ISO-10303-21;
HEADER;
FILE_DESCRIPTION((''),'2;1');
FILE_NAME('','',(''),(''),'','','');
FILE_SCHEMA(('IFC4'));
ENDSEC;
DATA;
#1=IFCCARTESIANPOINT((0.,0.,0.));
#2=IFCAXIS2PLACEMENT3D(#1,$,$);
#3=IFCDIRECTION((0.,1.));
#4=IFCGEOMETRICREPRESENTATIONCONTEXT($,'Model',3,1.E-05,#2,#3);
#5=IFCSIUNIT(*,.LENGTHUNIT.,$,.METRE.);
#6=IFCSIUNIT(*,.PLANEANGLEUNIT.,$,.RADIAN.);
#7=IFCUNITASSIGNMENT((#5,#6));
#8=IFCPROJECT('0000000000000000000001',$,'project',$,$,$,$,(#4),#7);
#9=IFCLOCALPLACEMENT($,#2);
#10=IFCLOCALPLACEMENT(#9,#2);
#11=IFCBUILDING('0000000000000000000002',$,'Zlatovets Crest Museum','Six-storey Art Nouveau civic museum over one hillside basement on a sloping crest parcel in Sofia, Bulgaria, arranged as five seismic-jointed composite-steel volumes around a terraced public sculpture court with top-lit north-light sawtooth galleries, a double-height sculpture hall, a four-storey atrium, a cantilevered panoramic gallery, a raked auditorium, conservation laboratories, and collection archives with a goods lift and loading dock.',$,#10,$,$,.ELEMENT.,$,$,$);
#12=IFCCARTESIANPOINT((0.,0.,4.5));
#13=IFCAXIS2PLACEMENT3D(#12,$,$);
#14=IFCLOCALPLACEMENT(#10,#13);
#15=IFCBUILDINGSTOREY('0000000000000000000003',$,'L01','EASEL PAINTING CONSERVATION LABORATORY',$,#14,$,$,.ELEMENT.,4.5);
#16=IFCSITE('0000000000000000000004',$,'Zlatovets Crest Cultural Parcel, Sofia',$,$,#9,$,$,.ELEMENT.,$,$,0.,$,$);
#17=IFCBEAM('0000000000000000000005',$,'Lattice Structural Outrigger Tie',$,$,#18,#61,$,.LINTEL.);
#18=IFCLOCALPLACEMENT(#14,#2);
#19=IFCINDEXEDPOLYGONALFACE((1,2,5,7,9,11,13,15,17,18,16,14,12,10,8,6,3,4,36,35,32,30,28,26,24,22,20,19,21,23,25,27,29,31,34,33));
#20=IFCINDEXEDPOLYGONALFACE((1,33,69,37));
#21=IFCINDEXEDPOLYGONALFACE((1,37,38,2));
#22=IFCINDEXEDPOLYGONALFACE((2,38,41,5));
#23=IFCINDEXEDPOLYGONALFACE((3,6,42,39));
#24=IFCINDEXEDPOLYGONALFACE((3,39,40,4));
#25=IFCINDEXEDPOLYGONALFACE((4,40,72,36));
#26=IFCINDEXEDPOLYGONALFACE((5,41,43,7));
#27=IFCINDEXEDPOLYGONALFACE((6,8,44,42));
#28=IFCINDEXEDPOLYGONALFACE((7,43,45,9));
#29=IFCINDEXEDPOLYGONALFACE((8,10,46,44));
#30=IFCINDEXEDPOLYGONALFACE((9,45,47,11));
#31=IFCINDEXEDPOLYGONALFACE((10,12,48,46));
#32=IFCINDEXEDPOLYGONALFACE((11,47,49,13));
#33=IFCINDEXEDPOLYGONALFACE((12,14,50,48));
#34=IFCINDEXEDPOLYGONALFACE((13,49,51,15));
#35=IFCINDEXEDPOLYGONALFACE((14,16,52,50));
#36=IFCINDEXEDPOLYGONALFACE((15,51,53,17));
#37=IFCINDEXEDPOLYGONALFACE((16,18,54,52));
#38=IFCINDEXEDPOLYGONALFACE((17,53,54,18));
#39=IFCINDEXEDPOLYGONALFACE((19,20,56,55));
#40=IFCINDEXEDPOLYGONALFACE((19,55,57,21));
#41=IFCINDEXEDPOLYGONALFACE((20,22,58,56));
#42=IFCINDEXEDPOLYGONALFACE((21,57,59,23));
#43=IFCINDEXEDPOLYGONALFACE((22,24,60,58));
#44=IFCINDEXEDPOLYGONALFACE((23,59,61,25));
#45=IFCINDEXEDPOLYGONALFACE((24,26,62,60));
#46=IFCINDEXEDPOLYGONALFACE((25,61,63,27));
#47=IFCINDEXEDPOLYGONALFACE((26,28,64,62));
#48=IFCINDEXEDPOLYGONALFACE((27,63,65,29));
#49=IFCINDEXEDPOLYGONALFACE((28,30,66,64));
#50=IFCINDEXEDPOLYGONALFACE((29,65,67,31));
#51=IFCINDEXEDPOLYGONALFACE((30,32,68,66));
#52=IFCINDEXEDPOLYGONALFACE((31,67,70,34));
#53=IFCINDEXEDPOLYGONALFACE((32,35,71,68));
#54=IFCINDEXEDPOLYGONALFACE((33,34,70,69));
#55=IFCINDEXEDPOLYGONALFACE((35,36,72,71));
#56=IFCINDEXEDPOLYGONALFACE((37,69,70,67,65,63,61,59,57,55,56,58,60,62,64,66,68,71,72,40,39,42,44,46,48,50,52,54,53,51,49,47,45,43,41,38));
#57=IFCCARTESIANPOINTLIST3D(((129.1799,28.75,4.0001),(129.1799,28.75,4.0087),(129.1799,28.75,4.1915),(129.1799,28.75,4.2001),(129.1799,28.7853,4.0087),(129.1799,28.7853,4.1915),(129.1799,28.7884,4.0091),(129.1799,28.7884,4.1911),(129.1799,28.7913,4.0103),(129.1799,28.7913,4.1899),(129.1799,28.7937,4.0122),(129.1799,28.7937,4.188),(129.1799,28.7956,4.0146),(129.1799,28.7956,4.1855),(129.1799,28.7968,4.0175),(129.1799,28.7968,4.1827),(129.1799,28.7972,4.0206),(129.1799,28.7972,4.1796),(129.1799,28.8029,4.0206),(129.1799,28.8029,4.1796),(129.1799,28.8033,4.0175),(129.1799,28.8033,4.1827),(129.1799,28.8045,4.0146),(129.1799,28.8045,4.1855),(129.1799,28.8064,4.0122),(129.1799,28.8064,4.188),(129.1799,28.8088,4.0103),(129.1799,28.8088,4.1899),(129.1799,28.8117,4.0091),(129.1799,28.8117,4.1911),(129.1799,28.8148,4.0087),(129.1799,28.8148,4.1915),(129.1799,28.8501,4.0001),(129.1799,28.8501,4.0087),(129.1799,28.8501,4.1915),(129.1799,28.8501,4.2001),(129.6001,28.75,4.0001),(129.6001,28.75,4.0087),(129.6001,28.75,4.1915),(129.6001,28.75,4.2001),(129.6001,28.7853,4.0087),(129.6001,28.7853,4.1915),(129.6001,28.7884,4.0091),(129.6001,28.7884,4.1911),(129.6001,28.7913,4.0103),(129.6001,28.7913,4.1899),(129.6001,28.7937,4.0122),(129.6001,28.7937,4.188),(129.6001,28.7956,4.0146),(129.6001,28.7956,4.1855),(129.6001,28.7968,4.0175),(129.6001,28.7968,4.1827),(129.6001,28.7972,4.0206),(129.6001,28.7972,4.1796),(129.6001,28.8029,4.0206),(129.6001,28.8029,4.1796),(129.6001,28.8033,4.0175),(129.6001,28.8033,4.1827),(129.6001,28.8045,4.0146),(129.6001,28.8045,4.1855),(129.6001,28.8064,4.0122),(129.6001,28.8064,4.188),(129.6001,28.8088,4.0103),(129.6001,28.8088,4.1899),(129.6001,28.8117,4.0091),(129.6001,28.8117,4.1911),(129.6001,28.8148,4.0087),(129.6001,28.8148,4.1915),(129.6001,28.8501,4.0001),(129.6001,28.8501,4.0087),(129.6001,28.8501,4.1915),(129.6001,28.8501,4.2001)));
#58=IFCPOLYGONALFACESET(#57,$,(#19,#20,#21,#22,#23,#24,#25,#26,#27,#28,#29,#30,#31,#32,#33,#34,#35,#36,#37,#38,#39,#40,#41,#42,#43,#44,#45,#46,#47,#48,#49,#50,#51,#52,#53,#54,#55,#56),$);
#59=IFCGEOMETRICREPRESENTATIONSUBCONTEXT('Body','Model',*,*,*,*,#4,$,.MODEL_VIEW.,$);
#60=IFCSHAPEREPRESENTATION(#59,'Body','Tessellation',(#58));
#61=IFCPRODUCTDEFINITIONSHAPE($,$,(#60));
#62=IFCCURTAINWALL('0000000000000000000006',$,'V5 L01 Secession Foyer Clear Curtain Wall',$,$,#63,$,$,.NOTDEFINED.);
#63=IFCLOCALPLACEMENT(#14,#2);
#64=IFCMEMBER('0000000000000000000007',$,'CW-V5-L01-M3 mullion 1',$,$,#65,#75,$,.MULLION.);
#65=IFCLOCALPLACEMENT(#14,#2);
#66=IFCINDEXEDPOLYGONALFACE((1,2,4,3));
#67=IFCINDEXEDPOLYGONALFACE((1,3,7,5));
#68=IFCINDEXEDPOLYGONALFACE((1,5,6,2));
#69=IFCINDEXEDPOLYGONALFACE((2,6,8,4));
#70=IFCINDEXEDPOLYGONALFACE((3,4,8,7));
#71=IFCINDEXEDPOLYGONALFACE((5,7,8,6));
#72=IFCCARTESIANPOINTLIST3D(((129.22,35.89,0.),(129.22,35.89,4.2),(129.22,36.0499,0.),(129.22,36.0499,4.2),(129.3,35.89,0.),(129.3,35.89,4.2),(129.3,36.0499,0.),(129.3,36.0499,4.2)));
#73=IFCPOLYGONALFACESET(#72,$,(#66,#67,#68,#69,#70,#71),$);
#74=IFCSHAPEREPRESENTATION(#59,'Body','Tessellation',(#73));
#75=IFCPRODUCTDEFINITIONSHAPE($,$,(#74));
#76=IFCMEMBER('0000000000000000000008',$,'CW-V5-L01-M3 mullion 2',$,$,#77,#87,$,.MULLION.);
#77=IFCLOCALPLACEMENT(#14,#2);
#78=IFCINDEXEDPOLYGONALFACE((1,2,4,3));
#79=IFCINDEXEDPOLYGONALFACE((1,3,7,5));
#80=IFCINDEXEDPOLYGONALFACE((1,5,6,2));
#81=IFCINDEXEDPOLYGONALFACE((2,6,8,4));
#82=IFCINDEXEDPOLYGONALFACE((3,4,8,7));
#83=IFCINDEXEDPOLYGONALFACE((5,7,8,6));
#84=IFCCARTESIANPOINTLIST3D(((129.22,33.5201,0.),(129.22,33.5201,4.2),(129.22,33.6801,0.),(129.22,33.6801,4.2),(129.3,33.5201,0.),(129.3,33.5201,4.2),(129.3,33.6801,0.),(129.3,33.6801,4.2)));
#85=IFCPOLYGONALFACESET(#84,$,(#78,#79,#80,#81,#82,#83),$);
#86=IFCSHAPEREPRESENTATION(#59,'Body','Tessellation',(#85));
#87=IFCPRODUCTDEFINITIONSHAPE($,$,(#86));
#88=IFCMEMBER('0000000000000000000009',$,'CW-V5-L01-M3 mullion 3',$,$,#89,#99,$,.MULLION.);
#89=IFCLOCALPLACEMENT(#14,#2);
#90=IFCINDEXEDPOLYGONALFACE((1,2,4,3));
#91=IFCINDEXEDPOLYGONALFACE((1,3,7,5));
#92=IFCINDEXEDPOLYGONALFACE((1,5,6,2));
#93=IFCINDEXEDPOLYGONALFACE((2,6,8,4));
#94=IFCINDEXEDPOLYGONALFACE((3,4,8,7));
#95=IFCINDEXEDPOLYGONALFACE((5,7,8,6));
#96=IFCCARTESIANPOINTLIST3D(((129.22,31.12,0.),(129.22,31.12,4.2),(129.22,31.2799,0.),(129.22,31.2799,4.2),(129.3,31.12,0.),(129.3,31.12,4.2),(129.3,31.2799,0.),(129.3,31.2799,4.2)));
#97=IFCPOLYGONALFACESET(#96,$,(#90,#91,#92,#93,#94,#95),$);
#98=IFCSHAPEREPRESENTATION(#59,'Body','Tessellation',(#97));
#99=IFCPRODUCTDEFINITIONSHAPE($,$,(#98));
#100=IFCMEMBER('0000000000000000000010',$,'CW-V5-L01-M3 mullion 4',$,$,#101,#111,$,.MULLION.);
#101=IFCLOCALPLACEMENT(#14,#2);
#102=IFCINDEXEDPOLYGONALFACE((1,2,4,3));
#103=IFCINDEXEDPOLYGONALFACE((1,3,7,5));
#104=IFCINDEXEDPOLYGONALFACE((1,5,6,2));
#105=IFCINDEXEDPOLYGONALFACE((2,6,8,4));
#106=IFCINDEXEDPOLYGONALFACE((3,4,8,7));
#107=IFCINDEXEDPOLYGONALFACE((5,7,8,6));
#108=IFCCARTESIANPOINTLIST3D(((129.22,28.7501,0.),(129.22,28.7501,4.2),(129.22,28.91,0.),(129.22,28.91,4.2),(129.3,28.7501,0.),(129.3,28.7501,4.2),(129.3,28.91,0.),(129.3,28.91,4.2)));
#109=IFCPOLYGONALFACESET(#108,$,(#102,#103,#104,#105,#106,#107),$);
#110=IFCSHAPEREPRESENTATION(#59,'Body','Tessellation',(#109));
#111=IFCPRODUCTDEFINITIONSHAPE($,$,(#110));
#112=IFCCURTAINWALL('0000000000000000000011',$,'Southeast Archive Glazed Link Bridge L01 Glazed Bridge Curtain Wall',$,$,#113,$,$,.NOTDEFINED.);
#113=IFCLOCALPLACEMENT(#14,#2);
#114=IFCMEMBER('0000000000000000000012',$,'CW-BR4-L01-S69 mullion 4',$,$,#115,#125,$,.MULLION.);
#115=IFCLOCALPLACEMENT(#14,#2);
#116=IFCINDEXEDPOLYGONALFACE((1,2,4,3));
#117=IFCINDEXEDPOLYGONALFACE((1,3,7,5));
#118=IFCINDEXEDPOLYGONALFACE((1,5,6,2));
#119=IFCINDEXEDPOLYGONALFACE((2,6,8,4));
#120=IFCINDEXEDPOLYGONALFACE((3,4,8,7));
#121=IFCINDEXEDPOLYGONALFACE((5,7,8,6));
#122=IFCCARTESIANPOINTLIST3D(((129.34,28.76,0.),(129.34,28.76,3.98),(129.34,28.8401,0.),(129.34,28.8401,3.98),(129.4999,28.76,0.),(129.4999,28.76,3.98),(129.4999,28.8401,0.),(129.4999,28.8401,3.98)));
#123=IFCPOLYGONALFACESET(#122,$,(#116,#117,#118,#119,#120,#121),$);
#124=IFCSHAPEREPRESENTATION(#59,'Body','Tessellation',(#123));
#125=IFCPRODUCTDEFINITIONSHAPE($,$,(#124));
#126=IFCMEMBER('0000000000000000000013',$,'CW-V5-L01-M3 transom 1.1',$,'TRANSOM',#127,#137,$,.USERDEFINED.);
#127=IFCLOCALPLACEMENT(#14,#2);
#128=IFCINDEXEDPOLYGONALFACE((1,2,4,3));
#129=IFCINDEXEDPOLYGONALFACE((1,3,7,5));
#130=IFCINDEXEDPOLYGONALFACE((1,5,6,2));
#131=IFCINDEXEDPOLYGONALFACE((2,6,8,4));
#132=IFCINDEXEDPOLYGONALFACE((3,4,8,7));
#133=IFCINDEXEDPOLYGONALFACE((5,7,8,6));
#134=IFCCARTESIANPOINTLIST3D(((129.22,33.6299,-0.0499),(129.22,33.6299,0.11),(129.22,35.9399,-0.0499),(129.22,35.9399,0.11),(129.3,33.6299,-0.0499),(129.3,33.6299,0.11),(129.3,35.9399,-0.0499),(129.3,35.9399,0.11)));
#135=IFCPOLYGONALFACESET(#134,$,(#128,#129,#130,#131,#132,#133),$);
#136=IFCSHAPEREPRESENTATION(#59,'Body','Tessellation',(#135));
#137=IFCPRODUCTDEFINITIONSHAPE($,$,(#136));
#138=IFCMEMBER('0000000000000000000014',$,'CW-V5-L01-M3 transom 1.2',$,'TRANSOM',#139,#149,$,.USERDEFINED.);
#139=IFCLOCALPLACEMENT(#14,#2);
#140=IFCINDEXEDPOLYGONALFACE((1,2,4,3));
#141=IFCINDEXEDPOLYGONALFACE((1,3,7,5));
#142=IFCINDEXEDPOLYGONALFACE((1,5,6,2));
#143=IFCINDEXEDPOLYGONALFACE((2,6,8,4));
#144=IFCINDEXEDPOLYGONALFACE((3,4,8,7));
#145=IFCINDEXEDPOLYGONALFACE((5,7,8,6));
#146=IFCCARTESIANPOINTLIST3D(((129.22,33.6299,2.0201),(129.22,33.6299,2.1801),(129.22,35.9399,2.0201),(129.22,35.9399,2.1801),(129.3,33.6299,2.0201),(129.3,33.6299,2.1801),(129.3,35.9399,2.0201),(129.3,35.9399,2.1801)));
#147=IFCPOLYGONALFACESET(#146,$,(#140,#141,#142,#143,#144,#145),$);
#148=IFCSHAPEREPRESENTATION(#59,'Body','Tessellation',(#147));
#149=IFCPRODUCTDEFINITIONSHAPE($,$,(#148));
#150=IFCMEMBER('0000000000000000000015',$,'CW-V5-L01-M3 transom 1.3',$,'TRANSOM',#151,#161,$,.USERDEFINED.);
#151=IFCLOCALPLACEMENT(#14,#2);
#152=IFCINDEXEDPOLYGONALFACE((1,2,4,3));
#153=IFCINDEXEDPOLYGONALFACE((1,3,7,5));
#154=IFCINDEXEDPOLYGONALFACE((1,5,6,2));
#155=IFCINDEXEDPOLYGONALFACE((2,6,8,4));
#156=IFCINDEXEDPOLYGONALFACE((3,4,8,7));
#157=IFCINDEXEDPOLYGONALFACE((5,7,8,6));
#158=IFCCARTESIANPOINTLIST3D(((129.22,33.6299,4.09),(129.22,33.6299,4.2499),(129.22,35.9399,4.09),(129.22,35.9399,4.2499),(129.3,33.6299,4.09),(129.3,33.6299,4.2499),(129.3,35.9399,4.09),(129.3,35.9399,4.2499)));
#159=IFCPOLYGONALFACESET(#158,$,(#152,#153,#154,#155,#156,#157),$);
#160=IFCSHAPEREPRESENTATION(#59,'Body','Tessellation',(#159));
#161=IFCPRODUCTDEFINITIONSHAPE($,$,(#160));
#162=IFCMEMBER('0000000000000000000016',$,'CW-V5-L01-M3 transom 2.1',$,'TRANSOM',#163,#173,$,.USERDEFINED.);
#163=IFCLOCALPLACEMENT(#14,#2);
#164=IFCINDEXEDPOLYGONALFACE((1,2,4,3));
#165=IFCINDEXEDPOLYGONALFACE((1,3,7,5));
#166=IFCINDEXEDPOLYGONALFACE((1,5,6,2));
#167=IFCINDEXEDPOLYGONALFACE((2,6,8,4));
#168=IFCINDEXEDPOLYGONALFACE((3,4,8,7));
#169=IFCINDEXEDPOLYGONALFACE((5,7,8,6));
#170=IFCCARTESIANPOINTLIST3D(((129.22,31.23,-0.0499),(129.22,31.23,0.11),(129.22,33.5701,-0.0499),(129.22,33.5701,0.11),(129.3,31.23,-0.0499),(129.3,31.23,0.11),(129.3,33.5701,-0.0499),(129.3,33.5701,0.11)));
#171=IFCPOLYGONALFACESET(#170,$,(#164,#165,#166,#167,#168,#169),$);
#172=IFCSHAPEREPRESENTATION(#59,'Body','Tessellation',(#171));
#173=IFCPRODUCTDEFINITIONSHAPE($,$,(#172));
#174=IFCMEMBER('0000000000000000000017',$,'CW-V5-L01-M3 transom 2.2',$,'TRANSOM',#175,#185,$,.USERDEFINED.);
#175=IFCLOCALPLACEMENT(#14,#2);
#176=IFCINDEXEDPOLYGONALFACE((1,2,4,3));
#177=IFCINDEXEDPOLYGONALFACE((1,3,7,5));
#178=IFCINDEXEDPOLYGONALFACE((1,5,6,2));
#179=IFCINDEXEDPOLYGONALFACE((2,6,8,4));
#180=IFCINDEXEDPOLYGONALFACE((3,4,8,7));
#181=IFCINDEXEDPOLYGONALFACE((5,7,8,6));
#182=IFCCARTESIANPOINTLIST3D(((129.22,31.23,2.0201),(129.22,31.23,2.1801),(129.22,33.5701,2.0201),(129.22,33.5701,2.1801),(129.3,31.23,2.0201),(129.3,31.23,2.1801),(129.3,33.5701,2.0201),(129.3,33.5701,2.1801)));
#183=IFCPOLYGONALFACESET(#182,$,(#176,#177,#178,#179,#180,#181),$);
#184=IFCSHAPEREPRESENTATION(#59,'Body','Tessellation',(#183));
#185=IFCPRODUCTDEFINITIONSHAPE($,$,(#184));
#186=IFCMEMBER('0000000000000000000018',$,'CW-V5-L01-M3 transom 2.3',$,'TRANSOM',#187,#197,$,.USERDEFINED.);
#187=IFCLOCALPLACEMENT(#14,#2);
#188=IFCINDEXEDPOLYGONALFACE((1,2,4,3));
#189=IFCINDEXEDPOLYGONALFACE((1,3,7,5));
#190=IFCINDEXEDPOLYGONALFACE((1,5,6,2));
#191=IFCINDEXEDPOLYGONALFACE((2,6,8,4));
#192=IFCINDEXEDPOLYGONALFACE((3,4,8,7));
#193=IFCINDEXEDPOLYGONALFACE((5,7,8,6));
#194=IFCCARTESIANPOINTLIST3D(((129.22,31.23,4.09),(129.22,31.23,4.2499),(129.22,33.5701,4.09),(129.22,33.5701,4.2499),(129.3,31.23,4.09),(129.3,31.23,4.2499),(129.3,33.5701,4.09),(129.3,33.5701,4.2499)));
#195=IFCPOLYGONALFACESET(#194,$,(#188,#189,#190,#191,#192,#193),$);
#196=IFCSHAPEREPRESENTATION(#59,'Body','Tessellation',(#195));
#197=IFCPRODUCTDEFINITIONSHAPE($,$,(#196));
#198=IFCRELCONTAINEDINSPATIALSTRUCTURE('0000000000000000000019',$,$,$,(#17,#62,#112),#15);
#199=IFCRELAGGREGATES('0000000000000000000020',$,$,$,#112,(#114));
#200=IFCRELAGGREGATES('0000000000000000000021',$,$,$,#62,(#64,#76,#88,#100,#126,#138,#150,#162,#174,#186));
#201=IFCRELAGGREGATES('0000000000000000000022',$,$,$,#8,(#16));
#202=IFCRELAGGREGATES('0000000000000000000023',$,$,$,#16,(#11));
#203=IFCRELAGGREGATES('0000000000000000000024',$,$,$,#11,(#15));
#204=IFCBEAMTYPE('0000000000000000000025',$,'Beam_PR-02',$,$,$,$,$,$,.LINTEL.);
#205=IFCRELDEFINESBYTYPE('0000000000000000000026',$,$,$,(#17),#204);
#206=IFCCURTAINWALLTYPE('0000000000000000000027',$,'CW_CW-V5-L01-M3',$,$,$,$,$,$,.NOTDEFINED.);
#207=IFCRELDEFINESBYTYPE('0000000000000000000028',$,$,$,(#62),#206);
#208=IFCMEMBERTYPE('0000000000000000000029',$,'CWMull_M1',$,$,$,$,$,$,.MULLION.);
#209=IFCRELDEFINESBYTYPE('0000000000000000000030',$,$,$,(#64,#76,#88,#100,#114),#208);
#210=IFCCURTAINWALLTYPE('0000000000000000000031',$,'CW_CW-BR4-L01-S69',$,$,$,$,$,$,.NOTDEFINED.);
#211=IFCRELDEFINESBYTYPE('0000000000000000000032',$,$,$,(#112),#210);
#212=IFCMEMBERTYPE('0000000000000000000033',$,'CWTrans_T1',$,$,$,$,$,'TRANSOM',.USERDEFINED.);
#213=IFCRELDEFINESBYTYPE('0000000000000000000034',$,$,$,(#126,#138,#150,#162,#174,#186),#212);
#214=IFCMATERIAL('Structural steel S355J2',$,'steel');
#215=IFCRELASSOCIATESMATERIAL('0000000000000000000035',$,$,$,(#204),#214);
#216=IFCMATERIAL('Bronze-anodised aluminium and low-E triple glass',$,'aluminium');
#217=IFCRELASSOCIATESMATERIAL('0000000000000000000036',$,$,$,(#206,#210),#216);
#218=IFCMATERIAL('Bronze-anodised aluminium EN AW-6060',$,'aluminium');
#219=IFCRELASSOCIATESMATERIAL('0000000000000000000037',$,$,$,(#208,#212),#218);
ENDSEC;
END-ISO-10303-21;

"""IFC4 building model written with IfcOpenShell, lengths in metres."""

from ifc_helpers import new_model, si_unit, direction, frame, origin, origin_2d, place, context, subcontext, project, spatial, rectangle, i_section, extrude, material, material_profile, profile_set, type_object, element, aggregate, save


model = new_model("IFC4")

# Units and contexts
model_context = context("Model", 3, precision=1e-05, world=origin(), true_north=direction((0.0, 1.0)))
body_context = subcontext(model_context, "Body", "Model", "MODEL_VIEW")
ifc_project = project(units=[si_unit("LENGTHUNIT", "METRE"), si_unit("PLANEANGLEUNIT", "RADIAN")], contexts=[model_context])

# Site, building, storey
site_placement = place(None, origin())
site = spatial("IfcSite", under=ifc_project, at=site_placement, Name="Zlatovets Crest Cultural Parcel, Sofia", CompositionType="ELEMENT", RefElevation=0.0)
building_placement = place(site_placement, origin())
building = spatial("IfcBuilding", under=site, at=building_placement, Name="Zlatovets Crest Museum", Description="Six-storey Art Nouveau civic museum over one hillside basement on a sloping crest parcel in Sofia, Bulgaria, arranged as five seismic-jointed composite-steel volumes around a terraced public sculpture court with top-lit north-light sawtooth galleries, a double-height sculpture hall, a four-storey atrium, a cantilevered panoramic gallery, a raked auditorium, conservation laboratories, and collection archives with a goods lift and loading dock.", CompositionType="ELEMENT")
storey_placement = place(building_placement, frame((0.0, 0.0, 4.5)))
storey = spatial("IfcBuildingStorey", under=building, at=storey_placement, Name="L01", Description="EASEL PAINTING CONSERVATION LABORATORY", CompositionType="ELEMENT", Elevation=4.5)

# Shared definitions
ifc_material_1 = material(Name="Structural steel S355J2", Category="steel")

# Beam
ifc_material_profile_1 = material_profile(ifc_material_1, i_section(OverallWidth=0.1001, OverallDepth=0.2, WebThickness=0.0056, FlangeThickness=0.0085, FilletRadius=0.012, at=origin_2d()), Name="IPE 200")
ifc_profile_set_1 = profile_set([ifc_material_profile_1], Name="Structural steel S355J2")
beam_type_1 = type_object("IfcBeamType", Name="Beam_PR-02", PredefinedType="LINTEL", material=ifc_profile_set_1)
for number, where, z_axis, x_axis, name in (
    (1, (129.6001, 28.8, 4.1001), (-1.0, 0.0, 0.0), (0.0, -1.0, 0.0), "Lattice Structural Outrigger Tie"),
):
    element("IfcBeam", number, at=place(storey_placement, frame(where, z_axis=z_axis, x_axis=x_axis)), inside=storey, type_object=beam_type_1, Name=name, PredefinedType="LINTEL", context=body_context, shape_type="SweptSolid", body=[
        extrude(i_section(OverallWidth=0.1001, OverallDepth=0.2, WebThickness=0.0056, FlangeThickness=0.0085, FilletRadius=0.012, at=origin_2d()), origin(), (0.0, 0.0, 1.0), 0.4202),
    ])

# Curtain wall, members
ifc_material_2 = material(Name="Bronze-anodised aluminium and low-E triple glass", Category="aluminium")
curtain_wall_type_1 = type_object("IfcCurtainWallType", Name="CW_CW-V5-L01-M3", PredefinedType="NOTDEFINED", material=ifc_material_2)
curtain_wall_1_placement = place(storey_placement, origin())
curtain_wall_1 = element("IfcCurtainWall", 2, at=curtain_wall_1_placement, inside=storey, type_object=curtain_wall_type_1, Name="V5 L01 Secession Foyer Clear Curtain Wall", PredefinedType="NOTDEFINED")
ifc_material_3 = material(Name="Bronze-anodised aluminium EN AW-6060", Category="aluminium")
ifc_material_profile_2 = material_profile(ifc_material_3, rectangle(XDim=0.0801, YDim=0.1599, at=origin_2d()), Name="ALU 80x160")
ifc_profile_set_2 = profile_set([ifc_material_profile_2], Name="Bronze-anodised aluminium EN AW-6060")
member_type_1 = type_object("IfcMemberType", Name="CWMull_M1", PredefinedType="MULLION", material=ifc_profile_set_2)
member_1_placement = place(storey_placement, frame((129.26, 35.97, 0.0), z_axis=(0.0, 0.0, 1.0), x_axis=(1.0, 0.0, 0.0)))
member_1 = element("IfcMember", 3, at=member_1_placement, type_object=member_type_1, Name="CW-V5-L01-M3 mullion 1", PredefinedType="MULLION", context=body_context, shape_type="SweptSolid", body=[
    extrude(rectangle(XDim=0.0801, YDim=0.1599, at=origin_2d()), origin(), (0.0, 0.0, 1.0), 4.2),
])
member_2_placement = place(storey_placement, frame((129.26, 33.6001, 0.0), z_axis=(0.0, 0.0, 1.0), x_axis=(1.0, 0.0, 0.0)))
member_2 = element("IfcMember", 4, at=member_2_placement, type_object=member_type_1, Name="CW-V5-L01-M3 mullion 2", PredefinedType="MULLION", context=body_context, shape_type="SweptSolid", body=[
    extrude(rectangle(XDim=0.0801, YDim=0.1599, at=origin_2d()), origin(), (0.0, 0.0, 1.0), 4.2),
])
member_3_placement = place(storey_placement, frame((129.26, 31.2, 0.0), z_axis=(0.0, 0.0, 1.0), x_axis=(1.0, 0.0, 0.0)))
member_3 = element("IfcMember", 5, at=member_3_placement, type_object=member_type_1, Name="CW-V5-L01-M3 mullion 3", PredefinedType="MULLION", context=body_context, shape_type="SweptSolid", body=[
    extrude(rectangle(XDim=0.0801, YDim=0.1599, at=origin_2d()), origin(), (0.0, 0.0, 1.0), 4.2),
])
member_4_placement = place(storey_placement, frame((129.26, 28.8301, 0.0), z_axis=(0.0, 0.0, 1.0), x_axis=(1.0, 0.0, 0.0)))
member_4 = element("IfcMember", 6, at=member_4_placement, type_object=member_type_1, Name="CW-V5-L01-M3 mullion 4", PredefinedType="MULLION", context=body_context, shape_type="SweptSolid", body=[
    extrude(rectangle(XDim=0.0801, YDim=0.1599, at=origin_2d()), origin(), (0.0, 0.0, 1.0), 4.2),
])

# Curtain wall, member
curtain_wall_type_2 = type_object("IfcCurtainWallType", Name="CW_CW-BR4-L01-S69", PredefinedType="NOTDEFINED", material=ifc_material_2)
curtain_wall_2_placement = place(storey_placement, origin())
curtain_wall_2 = element("IfcCurtainWall", 7, at=curtain_wall_2_placement, inside=storey, type_object=curtain_wall_type_2, Name="Southeast Archive Glazed Link Bridge L01 Glazed Bridge Curtain Wall", PredefinedType="NOTDEFINED")
member_5_placement = place(storey_placement, frame((129.4199, 28.8, 0.0), z_axis=(0.0, 0.0, 1.0), x_axis=(0.0, 1.0, 0.0)))
member_5 = element("IfcMember", 8, at=member_5_placement, type_object=member_type_1, Name="CW-BR4-L01-S69 mullion 4", PredefinedType="MULLION", context=body_context, shape_type="SweptSolid", body=[
    extrude(rectangle(XDim=0.0801, YDim=0.1599, at=origin_2d()), origin(), (0.0, 0.0, 1.0), 3.98),
])

# Members
ifc_material_profile_3 = material_profile(ifc_material_3, rectangle(XDim=0.0801, YDim=0.1599, at=origin_2d()), Name="ALU 80x160")
ifc_profile_set_3 = profile_set([ifc_material_profile_3], Name="Bronze-anodised aluminium EN AW-6060")
member_type_2 = type_object("IfcMemberType", Name="CWTrans_T1", ElementType="TRANSOM", PredefinedType="USERDEFINED", material=ifc_profile_set_3)
member_6_placement = place(storey_placement, frame((129.26, 35.9399, 0.03), z_axis=(0.0, -1.0, 0.0), x_axis=(1.0, 0.0, 0.0)))
member_6 = element("IfcMember", 9, at=member_6_placement, type_object=member_type_2, Name="CW-V5-L01-M3 transom 1.1", ObjectType="TRANSOM", PredefinedType="USERDEFINED", context=body_context, shape_type="SweptSolid", body=[
    extrude(rectangle(XDim=0.0801, YDim=0.1599, at=origin_2d()), origin(), (0.0, 0.0, 1.0), 2.3101),
])
member_7_placement = place(storey_placement, frame((129.26, 35.9399, 2.1001), z_axis=(0.0, -1.0, 0.0), x_axis=(1.0, 0.0, 0.0)))
member_7 = element("IfcMember", 10, at=member_7_placement, type_object=member_type_2, Name="CW-V5-L01-M3 transom 1.2", ObjectType="TRANSOM", PredefinedType="USERDEFINED", context=body_context, shape_type="SweptSolid", body=[
    extrude(rectangle(XDim=0.0801, YDim=0.1599, at=origin_2d()), origin(), (0.0, 0.0, 1.0), 2.3101),
])
member_8_placement = place(storey_placement, frame((129.26, 35.9399, 4.1699), z_axis=(0.0, -1.0, 0.0), x_axis=(1.0, 0.0, 0.0)))
member_8 = element("IfcMember", 11, at=member_8_placement, type_object=member_type_2, Name="CW-V5-L01-M3 transom 1.3", ObjectType="TRANSOM", PredefinedType="USERDEFINED", context=body_context, shape_type="SweptSolid", body=[
    extrude(rectangle(XDim=0.0801, YDim=0.1599, at=origin_2d()), origin(), (0.0, 0.0, 1.0), 2.3101),
])
member_9_placement = place(storey_placement, frame((129.26, 33.5701, 0.03), z_axis=(0.0, -1.0, 0.0), x_axis=(1.0, 0.0, 0.0)))
member_9 = element("IfcMember", 12, at=member_9_placement, type_object=member_type_2, Name="CW-V5-L01-M3 transom 2.1", ObjectType="TRANSOM", PredefinedType="USERDEFINED", context=body_context, shape_type="SweptSolid", body=[
    extrude(rectangle(XDim=0.0801, YDim=0.1599, at=origin_2d()), origin(), (0.0, 0.0, 1.0), 2.3401),
])
member_10_placement = place(storey_placement, frame((129.26, 33.5701, 2.1001), z_axis=(0.0, -1.0, 0.0), x_axis=(1.0, 0.0, 0.0)))
member_10 = element("IfcMember", 13, at=member_10_placement, type_object=member_type_2, Name="CW-V5-L01-M3 transom 2.2", ObjectType="TRANSOM", PredefinedType="USERDEFINED", context=body_context, shape_type="SweptSolid", body=[
    extrude(rectangle(XDim=0.0801, YDim=0.1599, at=origin_2d()), origin(), (0.0, 0.0, 1.0), 2.3401),
])
member_11_placement = place(storey_placement, frame((129.26, 33.5701, 4.1699), z_axis=(0.0, -1.0, 0.0), x_axis=(1.0, 0.0, 0.0)))
member_11 = element("IfcMember", 14, at=member_11_placement, type_object=member_type_2, Name="CW-V5-L01-M3 transom 2.3", ObjectType="TRANSOM", PredefinedType="USERDEFINED", context=body_context, shape_type="SweptSolid", body=[
    extrude(rectangle(XDim=0.0801, YDim=0.1599, at=origin_2d()), origin(), (0.0, 0.0, 1.0), 2.3401),
])

aggregate(curtain_wall_2, [member_5])
aggregate(curtain_wall_1, [member_1, member_2, member_3, member_4, member_6, member_7, member_8, member_9, member_10, member_11])

save(model, "model.ifc")
